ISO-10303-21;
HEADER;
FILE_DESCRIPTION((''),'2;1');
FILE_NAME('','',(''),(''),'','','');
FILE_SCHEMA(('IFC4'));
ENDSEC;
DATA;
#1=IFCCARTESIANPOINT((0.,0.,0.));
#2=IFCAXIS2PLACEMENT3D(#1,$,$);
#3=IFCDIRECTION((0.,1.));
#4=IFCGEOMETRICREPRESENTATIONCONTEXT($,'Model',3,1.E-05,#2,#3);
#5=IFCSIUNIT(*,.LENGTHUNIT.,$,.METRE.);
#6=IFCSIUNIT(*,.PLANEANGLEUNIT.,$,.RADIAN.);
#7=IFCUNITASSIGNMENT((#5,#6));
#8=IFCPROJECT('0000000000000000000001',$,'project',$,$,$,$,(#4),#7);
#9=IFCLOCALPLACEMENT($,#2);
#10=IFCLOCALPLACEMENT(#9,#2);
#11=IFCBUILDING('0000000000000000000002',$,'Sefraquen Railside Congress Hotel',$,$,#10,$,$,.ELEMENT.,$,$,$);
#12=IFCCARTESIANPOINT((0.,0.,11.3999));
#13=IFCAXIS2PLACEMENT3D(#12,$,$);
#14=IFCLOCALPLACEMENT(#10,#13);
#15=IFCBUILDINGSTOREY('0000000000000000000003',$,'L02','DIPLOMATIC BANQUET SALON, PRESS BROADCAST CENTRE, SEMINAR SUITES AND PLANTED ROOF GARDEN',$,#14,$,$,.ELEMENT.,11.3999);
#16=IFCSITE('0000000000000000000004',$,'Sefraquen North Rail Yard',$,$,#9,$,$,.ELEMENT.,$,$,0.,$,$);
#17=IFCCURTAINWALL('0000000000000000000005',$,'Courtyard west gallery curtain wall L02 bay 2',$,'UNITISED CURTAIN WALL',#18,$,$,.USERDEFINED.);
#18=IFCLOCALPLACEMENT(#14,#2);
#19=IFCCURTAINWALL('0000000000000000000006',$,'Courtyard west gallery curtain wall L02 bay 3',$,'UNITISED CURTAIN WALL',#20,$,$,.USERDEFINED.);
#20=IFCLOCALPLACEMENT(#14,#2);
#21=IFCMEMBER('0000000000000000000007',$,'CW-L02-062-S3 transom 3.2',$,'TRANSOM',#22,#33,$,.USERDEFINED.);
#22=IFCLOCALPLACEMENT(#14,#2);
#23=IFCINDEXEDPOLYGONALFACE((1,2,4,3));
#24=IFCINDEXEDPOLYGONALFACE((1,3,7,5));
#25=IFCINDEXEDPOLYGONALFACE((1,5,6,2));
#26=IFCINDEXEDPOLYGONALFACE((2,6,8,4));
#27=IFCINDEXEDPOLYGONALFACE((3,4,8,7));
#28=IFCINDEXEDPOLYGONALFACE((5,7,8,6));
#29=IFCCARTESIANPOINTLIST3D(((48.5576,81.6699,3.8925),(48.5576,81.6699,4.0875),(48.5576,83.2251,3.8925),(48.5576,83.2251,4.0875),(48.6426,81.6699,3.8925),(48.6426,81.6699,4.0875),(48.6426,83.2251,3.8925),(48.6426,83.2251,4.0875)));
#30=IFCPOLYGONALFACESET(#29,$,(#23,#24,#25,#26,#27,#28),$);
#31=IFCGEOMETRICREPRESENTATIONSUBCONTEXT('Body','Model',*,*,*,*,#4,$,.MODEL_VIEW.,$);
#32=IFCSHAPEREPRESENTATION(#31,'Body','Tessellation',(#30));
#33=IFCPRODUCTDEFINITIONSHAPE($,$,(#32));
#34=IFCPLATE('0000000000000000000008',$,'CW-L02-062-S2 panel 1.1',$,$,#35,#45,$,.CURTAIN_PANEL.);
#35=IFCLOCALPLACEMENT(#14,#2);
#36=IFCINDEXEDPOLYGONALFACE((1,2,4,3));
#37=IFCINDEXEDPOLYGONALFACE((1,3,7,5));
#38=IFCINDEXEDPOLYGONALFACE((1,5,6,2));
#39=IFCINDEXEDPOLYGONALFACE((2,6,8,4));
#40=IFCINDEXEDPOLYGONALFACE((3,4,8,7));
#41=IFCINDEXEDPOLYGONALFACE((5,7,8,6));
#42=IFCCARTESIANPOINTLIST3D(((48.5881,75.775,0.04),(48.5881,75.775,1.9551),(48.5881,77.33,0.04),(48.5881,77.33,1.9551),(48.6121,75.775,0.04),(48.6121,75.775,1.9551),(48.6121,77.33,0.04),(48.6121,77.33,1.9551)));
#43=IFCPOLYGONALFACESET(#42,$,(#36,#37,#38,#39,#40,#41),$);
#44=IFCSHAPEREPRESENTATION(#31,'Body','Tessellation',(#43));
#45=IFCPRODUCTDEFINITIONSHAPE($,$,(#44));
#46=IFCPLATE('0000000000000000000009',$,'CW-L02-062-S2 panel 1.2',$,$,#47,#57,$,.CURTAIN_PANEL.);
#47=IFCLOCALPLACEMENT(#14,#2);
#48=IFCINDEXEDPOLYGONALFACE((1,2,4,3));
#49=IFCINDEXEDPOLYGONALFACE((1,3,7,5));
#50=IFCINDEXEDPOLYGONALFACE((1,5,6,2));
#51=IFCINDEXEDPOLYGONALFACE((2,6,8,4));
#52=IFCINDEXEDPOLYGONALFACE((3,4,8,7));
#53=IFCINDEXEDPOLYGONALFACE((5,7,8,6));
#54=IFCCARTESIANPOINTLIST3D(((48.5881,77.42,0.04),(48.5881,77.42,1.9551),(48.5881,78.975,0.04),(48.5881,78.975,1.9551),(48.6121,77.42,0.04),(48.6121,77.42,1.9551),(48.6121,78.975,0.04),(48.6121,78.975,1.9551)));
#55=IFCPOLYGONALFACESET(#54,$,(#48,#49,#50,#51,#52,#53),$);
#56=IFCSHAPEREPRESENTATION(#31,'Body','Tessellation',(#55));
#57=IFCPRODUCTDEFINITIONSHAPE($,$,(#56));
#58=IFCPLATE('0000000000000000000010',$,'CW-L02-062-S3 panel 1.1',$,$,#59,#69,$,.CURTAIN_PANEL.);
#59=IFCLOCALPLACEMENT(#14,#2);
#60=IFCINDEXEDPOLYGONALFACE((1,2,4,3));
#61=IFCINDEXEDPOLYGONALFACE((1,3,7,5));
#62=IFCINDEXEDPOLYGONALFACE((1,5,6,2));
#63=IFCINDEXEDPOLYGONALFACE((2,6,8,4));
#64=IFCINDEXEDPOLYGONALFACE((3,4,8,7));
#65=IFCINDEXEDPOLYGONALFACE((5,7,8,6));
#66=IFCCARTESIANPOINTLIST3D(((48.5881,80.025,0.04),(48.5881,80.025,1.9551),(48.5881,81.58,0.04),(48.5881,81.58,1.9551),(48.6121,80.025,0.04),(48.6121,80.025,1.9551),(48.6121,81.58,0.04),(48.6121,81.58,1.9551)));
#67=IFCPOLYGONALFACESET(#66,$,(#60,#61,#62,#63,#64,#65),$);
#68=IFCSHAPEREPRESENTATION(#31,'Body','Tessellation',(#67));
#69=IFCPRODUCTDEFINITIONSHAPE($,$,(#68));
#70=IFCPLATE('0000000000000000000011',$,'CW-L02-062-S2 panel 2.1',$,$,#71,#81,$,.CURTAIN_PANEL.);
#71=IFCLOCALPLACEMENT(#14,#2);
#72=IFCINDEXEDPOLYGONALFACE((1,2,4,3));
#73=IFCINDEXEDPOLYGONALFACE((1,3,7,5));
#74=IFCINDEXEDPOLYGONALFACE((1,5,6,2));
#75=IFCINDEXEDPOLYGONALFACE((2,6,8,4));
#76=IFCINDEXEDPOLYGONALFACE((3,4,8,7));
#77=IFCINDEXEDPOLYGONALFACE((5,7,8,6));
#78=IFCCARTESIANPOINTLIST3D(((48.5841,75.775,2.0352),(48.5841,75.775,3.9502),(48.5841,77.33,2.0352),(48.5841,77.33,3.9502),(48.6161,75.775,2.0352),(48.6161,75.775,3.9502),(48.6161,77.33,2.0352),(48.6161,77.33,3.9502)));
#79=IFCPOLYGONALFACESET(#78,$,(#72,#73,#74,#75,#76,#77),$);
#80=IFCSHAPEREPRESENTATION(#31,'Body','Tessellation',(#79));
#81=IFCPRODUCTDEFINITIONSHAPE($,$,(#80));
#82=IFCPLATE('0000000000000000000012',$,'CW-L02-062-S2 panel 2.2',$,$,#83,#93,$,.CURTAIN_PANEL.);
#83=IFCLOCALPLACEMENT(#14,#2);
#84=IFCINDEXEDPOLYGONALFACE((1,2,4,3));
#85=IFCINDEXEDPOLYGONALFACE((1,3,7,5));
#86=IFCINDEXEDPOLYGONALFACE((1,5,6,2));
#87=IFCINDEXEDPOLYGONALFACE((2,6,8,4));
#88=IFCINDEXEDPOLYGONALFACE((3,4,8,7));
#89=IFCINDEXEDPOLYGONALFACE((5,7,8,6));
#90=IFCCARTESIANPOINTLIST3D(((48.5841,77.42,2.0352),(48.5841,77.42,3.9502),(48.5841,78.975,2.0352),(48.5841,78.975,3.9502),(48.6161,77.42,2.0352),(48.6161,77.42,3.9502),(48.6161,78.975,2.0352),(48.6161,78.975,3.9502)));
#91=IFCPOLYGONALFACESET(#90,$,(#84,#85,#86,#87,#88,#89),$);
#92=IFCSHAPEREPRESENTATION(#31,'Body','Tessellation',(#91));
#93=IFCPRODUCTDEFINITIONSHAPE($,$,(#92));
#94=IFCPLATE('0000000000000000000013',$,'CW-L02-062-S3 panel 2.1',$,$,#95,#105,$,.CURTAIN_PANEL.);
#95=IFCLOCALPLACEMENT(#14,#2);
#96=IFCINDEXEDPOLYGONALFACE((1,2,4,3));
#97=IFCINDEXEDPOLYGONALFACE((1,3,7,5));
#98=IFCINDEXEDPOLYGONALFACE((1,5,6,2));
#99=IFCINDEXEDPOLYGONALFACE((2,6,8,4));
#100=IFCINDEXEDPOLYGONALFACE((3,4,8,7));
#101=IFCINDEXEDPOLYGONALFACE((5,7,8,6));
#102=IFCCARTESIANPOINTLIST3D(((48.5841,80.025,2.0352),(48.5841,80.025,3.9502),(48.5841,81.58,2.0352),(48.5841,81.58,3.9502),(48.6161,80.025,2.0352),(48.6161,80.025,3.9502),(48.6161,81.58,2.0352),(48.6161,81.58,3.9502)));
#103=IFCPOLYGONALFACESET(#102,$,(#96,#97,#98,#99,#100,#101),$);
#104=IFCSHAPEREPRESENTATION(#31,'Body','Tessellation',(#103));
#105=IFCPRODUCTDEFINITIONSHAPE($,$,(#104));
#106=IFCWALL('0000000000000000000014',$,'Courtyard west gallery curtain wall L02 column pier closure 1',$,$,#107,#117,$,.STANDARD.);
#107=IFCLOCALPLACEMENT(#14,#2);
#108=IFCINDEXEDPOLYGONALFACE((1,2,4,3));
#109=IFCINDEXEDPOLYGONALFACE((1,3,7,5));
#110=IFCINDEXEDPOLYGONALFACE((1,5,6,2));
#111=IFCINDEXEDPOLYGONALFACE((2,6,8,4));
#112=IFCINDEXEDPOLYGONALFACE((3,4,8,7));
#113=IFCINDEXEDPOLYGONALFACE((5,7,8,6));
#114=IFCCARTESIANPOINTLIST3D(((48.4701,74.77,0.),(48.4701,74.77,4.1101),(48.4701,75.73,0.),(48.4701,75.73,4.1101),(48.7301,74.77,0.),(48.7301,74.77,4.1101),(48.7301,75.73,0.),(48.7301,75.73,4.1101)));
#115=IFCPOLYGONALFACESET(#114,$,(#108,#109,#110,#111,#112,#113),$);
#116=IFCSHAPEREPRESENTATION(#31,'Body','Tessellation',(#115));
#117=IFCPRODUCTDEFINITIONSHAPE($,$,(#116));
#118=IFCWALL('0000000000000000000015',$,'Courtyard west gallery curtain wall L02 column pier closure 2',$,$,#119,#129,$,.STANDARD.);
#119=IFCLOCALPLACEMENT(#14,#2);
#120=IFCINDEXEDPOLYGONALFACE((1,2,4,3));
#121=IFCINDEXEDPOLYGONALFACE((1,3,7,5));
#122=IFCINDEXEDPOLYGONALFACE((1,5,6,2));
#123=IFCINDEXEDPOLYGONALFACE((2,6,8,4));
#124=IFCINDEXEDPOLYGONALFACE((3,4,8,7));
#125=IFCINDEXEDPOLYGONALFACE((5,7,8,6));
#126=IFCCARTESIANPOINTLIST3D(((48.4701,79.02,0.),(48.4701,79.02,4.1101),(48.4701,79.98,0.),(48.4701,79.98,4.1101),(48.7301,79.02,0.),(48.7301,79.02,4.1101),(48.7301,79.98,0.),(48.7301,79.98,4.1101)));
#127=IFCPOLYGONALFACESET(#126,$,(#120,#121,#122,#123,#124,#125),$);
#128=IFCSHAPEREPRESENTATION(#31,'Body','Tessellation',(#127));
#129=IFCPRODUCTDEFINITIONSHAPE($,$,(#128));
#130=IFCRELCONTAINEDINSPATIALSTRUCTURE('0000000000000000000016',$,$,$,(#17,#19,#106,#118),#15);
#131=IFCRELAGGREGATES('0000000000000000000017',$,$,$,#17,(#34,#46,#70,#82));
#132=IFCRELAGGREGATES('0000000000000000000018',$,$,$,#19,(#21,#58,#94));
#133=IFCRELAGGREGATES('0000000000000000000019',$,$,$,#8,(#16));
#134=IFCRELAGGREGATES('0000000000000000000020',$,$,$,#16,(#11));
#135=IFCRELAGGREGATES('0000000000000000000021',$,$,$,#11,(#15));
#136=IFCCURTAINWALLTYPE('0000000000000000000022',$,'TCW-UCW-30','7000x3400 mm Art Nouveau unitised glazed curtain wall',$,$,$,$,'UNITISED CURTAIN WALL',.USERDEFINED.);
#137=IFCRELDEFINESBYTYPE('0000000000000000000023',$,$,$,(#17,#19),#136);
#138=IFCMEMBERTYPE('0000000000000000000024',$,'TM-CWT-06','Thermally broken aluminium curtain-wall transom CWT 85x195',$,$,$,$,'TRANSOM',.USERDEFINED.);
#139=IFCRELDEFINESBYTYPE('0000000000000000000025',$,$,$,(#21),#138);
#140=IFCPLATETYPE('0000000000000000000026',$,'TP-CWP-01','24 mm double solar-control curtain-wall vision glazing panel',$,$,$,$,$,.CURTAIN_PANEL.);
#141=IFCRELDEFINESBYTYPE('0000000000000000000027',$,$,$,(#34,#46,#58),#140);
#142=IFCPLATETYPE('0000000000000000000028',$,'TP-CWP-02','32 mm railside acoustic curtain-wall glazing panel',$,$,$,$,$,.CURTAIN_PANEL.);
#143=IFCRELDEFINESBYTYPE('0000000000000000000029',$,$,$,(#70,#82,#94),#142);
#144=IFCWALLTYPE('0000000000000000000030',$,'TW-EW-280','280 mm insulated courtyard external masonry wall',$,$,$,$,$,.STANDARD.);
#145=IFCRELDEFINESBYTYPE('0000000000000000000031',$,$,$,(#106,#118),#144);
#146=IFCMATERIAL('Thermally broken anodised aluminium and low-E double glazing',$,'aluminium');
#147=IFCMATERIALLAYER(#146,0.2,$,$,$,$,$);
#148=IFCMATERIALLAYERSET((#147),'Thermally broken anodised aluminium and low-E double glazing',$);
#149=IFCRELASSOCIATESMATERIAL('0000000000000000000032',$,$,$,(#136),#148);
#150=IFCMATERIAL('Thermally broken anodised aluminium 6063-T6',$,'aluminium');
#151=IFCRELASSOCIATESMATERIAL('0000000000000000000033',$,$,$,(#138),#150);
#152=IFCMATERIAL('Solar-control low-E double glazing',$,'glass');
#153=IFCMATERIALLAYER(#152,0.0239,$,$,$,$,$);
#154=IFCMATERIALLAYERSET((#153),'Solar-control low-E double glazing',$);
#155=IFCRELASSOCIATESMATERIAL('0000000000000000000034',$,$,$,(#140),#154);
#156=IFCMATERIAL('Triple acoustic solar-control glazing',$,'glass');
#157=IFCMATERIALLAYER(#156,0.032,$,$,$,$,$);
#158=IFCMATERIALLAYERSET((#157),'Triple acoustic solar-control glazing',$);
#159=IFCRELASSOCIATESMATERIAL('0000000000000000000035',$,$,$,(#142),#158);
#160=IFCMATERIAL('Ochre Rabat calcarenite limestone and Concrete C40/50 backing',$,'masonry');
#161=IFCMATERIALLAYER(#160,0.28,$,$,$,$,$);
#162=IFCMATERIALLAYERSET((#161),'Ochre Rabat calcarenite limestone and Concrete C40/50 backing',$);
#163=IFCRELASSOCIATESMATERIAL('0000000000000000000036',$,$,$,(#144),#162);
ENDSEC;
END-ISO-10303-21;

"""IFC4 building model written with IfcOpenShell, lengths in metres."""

from ifc_helpers import new_model, si_unit, direction, frame, frame_2d, origin, origin_2d, place, context, subcontext, project, spatial, rectangle, extrude, material, layer, layer_set, material_profile, profile_set, type_object, element, aggregate, save


model = new_model("IFC4")

# Units and contexts
model_context = context("Model", 3, precision=1e-05, world=origin(), true_north=direction((0.0, 1.0)))
body_context = subcontext(model_context, "Body", "Model", "MODEL_VIEW")
ifc_project = project(units=[si_unit("LENGTHUNIT", "METRE"), si_unit("PLANEANGLEUNIT", "RADIAN")], contexts=[model_context])

# Site, building, storey
site_placement = place(None, origin())
site = spatial("IfcSite", under=ifc_project, at=site_placement, Name="Sefraquen North Rail Yard", CompositionType="ELEMENT", RefElevation=0.0)
building_placement = place(site_placement, origin())
building = spatial("IfcBuilding", under=site, at=building_placement, Name="Sefraquen Railside Congress Hotel", CompositionType="ELEMENT")
storey_placement = place(building_placement, frame((0.0, 0.0, 11.3999)))
storey = spatial("IfcBuildingStorey", under=building, at=storey_placement, Name="L02", Description="DIPLOMATIC BANQUET SALON, PRESS BROADCAST CENTRE, SEMINAR SUITES AND PLANTED ROOF GARDEN", CompositionType="ELEMENT", Elevation=11.3999)

# Curtain walls
ifc_material_1 = material(Name="Thermally broken anodised aluminium and low-E double glazing", Category="aluminium")
ifc_layer_1 = layer(ifc_material_1, 0.2)
ifc_layer_set_1 = layer_set([ifc_layer_1], Name="Thermally broken anodised aluminium and low-E double glazing")
curtain_wall_type = type_object("IfcCurtainWallType", Name="TCW-UCW-30", Description="7000x3400 mm Art Nouveau unitised glazed curtain wall", ElementType="UNITISED CURTAIN WALL", PredefinedType="USERDEFINED", material=ifc_layer_set_1)
curtain_wall_1_placement = place(storey_placement, origin())
curtain_wall_1 = element("IfcCurtainWall", 1, at=curtain_wall_1_placement, inside=storey, type_object=curtain_wall_type, Name="Courtyard west gallery curtain wall L02 bay 2", ObjectType="UNITISED CURTAIN WALL", PredefinedType="USERDEFINED")
ifc_material_2 = material(Name="Thermally broken anodised aluminium 6063-T6", Category="aluminium")
curtain_wall_2_placement = place(storey_placement, origin())
curtain_wall_2 = element("IfcCurtainWall", 2, at=curtain_wall_2_placement, inside=storey, type_object=curtain_wall_type, Name="Courtyard west gallery curtain wall L02 bay 3", ObjectType="UNITISED CURTAIN WALL", PredefinedType="USERDEFINED")

# Member
ifc_material_profile_1 = material_profile(ifc_material_2, rectangle(XDim=0.085, YDim=0.1951, at=origin_2d()), Name="CWT 85x195")
ifc_profile_set_1 = profile_set([ifc_material_profile_1], Name="Thermally broken anodised aluminium 6063-T6")
member_type_1 = type_object("IfcMemberType", Name="TM-CWT-06", Description="Thermally broken aluminium curtain-wall transom CWT 85x195", ElementType="TRANSOM", PredefinedType="USERDEFINED", material=ifc_profile_set_1)
member_1_placement = place(storey_placement, frame((48.6001, 81.6699, 3.99), z_axis=(0.0, 1.0, 0.0), x_axis=(-1.0, 0.0, 0.0)))
member_1 = element("IfcMember", 3, at=member_1_placement, type_object=member_type_1, Name="CW-L02-062-S3 transom 3.2", ObjectType="TRANSOM", PredefinedType="USERDEFINED", context=body_context, shape_type="SweptSolid", body=[
    extrude(rectangle(XDim=0.085, YDim=0.1951, at=origin_2d()), origin(), (0.0, 0.0, 1.0), 1.5552),
])

# Plates
ifc_material_3 = material(Name="Solar-control low-E double glazing", Category="glass")
ifc_layer_2 = layer(ifc_material_3, 0.0239)
ifc_layer_set_2 = layer_set([ifc_layer_2], Name="Solar-control low-E double glazing")
plate_type_1 = type_object("IfcPlateType", Name="TP-CWP-01", Description="24 mm double solar-control curtain-wall vision glazing panel", PredefinedType="CURTAIN_PANEL", material=ifc_layer_set_2)
plate_1_placement = place(storey_placement, frame((48.6001, 76.5525, 0.04), z_axis=(0.0, 0.0, 1.0), x_axis=(0.0, 1.0, 0.0)))
plate_1 = element("IfcPlate", 4, at=plate_1_placement, type_object=plate_type_1, Name="CW-L02-062-S2 panel 1.1", PredefinedType="CURTAIN_PANEL", context=body_context, shape_type="SweptSolid", body=[
    extrude(rectangle(XDim=1.5549, YDim=0.0239, at=origin_2d()), origin(), (0.0, 0.0, 1.0), 1.915),
])
plate_2_placement = place(storey_placement, frame((48.6001, 78.1975, 0.04), z_axis=(0.0, 0.0, 1.0), x_axis=(0.0, 1.0, 0.0)))
plate_2 = element("IfcPlate", 5, at=plate_2_placement, type_object=plate_type_1, Name="CW-L02-062-S2 panel 1.2", PredefinedType="CURTAIN_PANEL", context=body_context, shape_type="SweptSolid", body=[
    extrude(rectangle(XDim=1.5549, YDim=0.0239, at=origin_2d()), origin(), (0.0, 0.0, 1.0), 1.915),
])
plate_3_placement = place(storey_placement, frame((48.6001, 80.8025, 0.04), z_axis=(0.0, 0.0, 1.0), x_axis=(0.0, 1.0, 0.0)))
plate_3 = element("IfcPlate", 6, at=plate_3_placement, type_object=plate_type_1, Name="CW-L02-062-S3 panel 1.1", PredefinedType="CURTAIN_PANEL", context=body_context, shape_type="SweptSolid", body=[
    extrude(rectangle(XDim=1.5549, YDim=0.0239, at=origin_2d()), origin(), (0.0, 0.0, 1.0), 1.915),
])
ifc_material_4 = material(Name="Triple acoustic solar-control glazing", Category="glass")
ifc_layer_3 = layer(ifc_material_4, 0.032)
ifc_layer_set_3 = layer_set([ifc_layer_3], Name="Triple acoustic solar-control glazing")
plate_type_2 = type_object("IfcPlateType", Name="TP-CWP-02", Description="32 mm railside acoustic curtain-wall glazing panel", PredefinedType="CURTAIN_PANEL", material=ifc_layer_set_3)
plate_4_placement = place(storey_placement, frame((48.6001, 76.5525, 2.0352), z_axis=(0.0, 0.0, 1.0), x_axis=(0.0, 1.0, 0.0)))
plate_4 = element("IfcPlate", 7, at=plate_4_placement, type_object=plate_type_2, Name="CW-L02-062-S2 panel 2.1", PredefinedType="CURTAIN_PANEL", context=body_context, shape_type="SweptSolid", body=[
    extrude(rectangle(XDim=1.5549, YDim=0.032, at=origin_2d()), origin(), (0.0, 0.0, 1.0), 1.915),
])
plate_5_placement = place(storey_placement, frame((48.6001, 78.1975, 2.0352), z_axis=(0.0, 0.0, 1.0), x_axis=(0.0, 1.0, 0.0)))
plate_5 = element("IfcPlate", 8, at=plate_5_placement, type_object=plate_type_2, Name="CW-L02-062-S2 panel 2.2", PredefinedType="CURTAIN_PANEL", context=body_context, shape_type="SweptSolid", body=[
    extrude(rectangle(XDim=1.5549, YDim=0.032, at=origin_2d()), origin(), (0.0, 0.0, 1.0), 1.915),
])
aggregate(curtain_wall_1, [plate_1, plate_2, plate_4, plate_5])
plate_6_placement = place(storey_placement, frame((48.6001, 80.8025, 2.0352), z_axis=(0.0, 0.0, 1.0), x_axis=(0.0, 1.0, 0.0)))
plate_6 = element("IfcPlate", 9, at=plate_6_placement, type_object=plate_type_2, Name="CW-L02-062-S3 panel 2.1", PredefinedType="CURTAIN_PANEL", context=body_context, shape_type="SweptSolid", body=[
    extrude(rectangle(XDim=1.5549, YDim=0.032, at=origin_2d()), origin(), (0.0, 0.0, 1.0), 1.915),
])
aggregate(curtain_wall_2, [member_1, plate_3, plate_6])

# Walls
ifc_material_5 = material(Name="Ochre Rabat calcarenite limestone and Concrete C40/50 backing", Category="masonry")
ifc_layer_4 = layer(ifc_material_5, 0.28)
ifc_layer_set_4 = layer_set([ifc_layer_4], Name="Ochre Rabat calcarenite limestone and Concrete C40/50 backing")
wall_type = type_object("IfcWallType", Name="TW-EW-280", Description="280 mm insulated courtyard external masonry wall", PredefinedType="STANDARD", material=ifc_layer_set_4)
for number, where, z_axis, x_axis, name in (
    (10, (48.6001, 74.77, 0.0), (0.0, 0.0, 1.0), (0.0, 1.0, 0.0), "Courtyard west gallery curtain wall L02 column pier closure 1"),
    (11, (48.6001, 79.02, 0.0), (0.0, 0.0, 1.0), (0.0, 1.0, 0.0), "Courtyard west gallery curtain wall L02 column pier closure 2"),
):
    element("IfcWall", number, at=place(storey_placement, frame(where, z_axis=z_axis, x_axis=x_axis)), inside=storey, type_object=wall_type, Name=name, PredefinedType="STANDARD", context=body_context, shape_type="SweptSolid", body=[
        extrude(rectangle(XDim=0.96, YDim=0.26, at=frame_2d((0.48, 0.0))), origin(), (0.0, 0.0, 1.0), 4.1101),
    ])

save(model, "model.ifc")
